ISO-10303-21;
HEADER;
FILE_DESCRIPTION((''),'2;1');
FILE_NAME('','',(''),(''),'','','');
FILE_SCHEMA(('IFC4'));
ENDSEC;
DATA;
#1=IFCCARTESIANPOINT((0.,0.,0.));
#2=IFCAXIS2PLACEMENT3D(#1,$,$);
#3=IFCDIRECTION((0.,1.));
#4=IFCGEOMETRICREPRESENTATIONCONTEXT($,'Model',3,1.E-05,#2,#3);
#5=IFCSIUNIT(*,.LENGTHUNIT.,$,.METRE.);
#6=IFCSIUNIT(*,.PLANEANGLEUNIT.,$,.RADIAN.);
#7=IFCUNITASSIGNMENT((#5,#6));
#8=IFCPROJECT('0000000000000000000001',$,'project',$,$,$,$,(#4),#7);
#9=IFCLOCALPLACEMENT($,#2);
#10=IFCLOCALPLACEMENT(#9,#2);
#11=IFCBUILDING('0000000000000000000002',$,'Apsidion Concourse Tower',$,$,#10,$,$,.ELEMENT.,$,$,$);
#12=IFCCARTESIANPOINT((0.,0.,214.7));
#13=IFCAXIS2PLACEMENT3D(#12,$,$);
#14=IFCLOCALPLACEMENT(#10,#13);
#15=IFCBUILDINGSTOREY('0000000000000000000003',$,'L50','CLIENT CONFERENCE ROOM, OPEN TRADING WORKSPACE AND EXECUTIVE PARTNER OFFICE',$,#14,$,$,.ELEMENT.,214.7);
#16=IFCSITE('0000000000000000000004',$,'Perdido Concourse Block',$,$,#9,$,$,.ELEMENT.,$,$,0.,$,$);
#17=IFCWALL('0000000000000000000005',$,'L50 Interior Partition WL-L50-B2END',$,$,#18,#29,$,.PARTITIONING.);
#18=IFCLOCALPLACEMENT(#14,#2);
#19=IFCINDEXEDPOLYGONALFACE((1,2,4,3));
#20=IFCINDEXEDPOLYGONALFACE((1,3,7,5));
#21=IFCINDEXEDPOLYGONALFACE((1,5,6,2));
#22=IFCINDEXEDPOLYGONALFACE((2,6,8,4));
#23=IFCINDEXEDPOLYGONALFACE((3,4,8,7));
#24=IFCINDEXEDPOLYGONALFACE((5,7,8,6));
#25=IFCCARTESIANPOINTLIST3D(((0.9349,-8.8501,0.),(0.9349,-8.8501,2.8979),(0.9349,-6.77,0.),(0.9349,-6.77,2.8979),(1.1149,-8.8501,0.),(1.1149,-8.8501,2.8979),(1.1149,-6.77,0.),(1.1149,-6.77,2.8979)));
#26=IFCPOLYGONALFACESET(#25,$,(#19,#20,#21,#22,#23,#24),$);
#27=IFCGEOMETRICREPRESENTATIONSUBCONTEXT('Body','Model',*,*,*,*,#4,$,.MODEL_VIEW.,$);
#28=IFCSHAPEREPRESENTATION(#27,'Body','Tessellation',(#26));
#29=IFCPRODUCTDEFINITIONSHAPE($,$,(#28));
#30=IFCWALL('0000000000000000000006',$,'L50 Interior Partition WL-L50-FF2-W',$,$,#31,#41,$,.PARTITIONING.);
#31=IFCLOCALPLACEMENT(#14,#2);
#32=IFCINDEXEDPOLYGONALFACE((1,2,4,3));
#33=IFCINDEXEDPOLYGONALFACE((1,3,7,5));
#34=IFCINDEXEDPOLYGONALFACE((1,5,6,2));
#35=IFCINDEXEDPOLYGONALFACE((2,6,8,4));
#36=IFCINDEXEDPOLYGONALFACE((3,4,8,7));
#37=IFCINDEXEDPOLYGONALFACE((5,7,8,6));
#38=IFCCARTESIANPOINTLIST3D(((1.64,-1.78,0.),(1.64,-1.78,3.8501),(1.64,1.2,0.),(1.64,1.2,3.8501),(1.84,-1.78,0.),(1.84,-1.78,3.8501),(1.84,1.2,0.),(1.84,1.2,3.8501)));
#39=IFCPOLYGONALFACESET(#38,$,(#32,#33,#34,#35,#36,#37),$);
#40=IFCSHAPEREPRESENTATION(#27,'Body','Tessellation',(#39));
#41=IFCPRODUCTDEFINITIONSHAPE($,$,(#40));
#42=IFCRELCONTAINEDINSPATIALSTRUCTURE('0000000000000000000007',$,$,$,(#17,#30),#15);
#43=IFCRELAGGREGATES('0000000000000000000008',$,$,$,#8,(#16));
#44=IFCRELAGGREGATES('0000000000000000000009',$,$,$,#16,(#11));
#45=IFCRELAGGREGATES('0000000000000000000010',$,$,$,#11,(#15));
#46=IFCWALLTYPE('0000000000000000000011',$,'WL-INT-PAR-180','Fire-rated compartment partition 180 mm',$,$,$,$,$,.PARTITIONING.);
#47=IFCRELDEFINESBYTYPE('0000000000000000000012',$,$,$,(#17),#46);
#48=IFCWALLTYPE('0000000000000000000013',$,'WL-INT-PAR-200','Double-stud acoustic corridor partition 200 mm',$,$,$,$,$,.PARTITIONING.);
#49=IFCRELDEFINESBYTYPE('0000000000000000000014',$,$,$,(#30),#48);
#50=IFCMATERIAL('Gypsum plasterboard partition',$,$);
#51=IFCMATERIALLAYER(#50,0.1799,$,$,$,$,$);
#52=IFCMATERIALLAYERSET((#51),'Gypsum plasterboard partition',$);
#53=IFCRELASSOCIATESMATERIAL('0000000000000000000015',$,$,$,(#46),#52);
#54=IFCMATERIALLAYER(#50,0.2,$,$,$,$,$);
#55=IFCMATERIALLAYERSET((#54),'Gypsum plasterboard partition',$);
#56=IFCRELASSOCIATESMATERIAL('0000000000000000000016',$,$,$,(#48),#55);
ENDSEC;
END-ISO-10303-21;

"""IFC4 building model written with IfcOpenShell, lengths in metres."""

from ifc_helpers import new_model, si_unit, direction, frame, frame_2d, origin, place, context, subcontext, project, spatial, rectangle, extrude, material, layer, layer_set, type_object, element, save


model = new_model("IFC4")

# Units and contexts
model_context = context("Model", 3, precision=1e-05, world=origin(), true_north=direction((0.0, 1.0)))
body_context = subcontext(model_context, "Body", "Model", "MODEL_VIEW")
ifc_project = project(units=[si_unit("LENGTHUNIT", "METRE"), si_unit("PLANEANGLEUNIT", "RADIAN")], contexts=[model_context])

# Site, building, storey
site_placement = place(None, origin())
site = spatial("IfcSite", under=ifc_project, at=site_placement, Name="Perdido Concourse Block", CompositionType="ELEMENT", RefElevation=0.0)
building_placement = place(site_placement, origin())
building = spatial("IfcBuilding", under=site, at=building_placement, Name="Apsidion Concourse Tower", CompositionType="ELEMENT")
storey_placement = place(building_placement, frame((0.0, 0.0, 214.7)))
storey = spatial("IfcBuildingStorey", under=building, at=storey_placement, Name="L50", Description="CLIENT CONFERENCE ROOM, OPEN TRADING WORKSPACE AND EXECUTIVE PARTNER OFFICE", CompositionType="ELEMENT", Elevation=214.7)

# Walls
ifc_material_1 = material(Name="Gypsum plasterboard partition")
ifc_layer_1 = layer(ifc_material_1, 0.1799)
ifc_layer_set_1 = layer_set([ifc_layer_1], Name="Gypsum plasterboard partition")
wall_type_1 = type_object("IfcWallType", Name="WL-INT-PAR-180", Description="Fire-rated compartment partition 180 mm", PredefinedType="PARTITIONING", material=ifc_layer_set_1)
wall_1_placement = place(storey_placement, frame((1.0249, -8.8501, 0.0), z_axis=(0.0, 0.0, 1.0), x_axis=(0.0, 1.0, 0.0)))
element("IfcWall", 1, at=wall_1_placement, inside=storey, type_object=wall_type_1, Name="L50 Interior Partition WL-L50-B2END", PredefinedType="PARTITIONING", context=body_context, shape_type="SweptSolid", body=[
    extrude(rectangle(XDim=2.0801, YDim=0.1799, at=frame_2d((1.04, 0.0))), origin(), (0.0, 0.0, 1.0), 2.8979),
])
ifc_layer_2 = layer(ifc_material_1, 0.2)
ifc_layer_set_2 = layer_set([ifc_layer_2], Name="Gypsum plasterboard partition")
wall_type_2 = type_object("IfcWallType", Name="WL-INT-PAR-200", Description="Double-stud acoustic corridor partition 200 mm", PredefinedType="PARTITIONING", material=ifc_layer_set_2)
wall_2_placement = place(storey_placement, frame((1.74, -1.78, 0.0), z_axis=(0.0, 0.0, 1.0), x_axis=(0.0, 1.0, 0.0)))
element("IfcWall", 2, at=wall_2_placement, inside=storey, type_object=wall_type_2, Name="L50 Interior Partition WL-L50-FF2-W", PredefinedType="PARTITIONING", context=body_context, shape_type="SweptSolid", body=[
    extrude(rectangle(XDim=2.98, YDim=0.2, at=frame_2d((1.49, 0.0))), origin(), (0.0, 0.0, 1.0), 3.8501),
])

save(model, "model.ifc")
